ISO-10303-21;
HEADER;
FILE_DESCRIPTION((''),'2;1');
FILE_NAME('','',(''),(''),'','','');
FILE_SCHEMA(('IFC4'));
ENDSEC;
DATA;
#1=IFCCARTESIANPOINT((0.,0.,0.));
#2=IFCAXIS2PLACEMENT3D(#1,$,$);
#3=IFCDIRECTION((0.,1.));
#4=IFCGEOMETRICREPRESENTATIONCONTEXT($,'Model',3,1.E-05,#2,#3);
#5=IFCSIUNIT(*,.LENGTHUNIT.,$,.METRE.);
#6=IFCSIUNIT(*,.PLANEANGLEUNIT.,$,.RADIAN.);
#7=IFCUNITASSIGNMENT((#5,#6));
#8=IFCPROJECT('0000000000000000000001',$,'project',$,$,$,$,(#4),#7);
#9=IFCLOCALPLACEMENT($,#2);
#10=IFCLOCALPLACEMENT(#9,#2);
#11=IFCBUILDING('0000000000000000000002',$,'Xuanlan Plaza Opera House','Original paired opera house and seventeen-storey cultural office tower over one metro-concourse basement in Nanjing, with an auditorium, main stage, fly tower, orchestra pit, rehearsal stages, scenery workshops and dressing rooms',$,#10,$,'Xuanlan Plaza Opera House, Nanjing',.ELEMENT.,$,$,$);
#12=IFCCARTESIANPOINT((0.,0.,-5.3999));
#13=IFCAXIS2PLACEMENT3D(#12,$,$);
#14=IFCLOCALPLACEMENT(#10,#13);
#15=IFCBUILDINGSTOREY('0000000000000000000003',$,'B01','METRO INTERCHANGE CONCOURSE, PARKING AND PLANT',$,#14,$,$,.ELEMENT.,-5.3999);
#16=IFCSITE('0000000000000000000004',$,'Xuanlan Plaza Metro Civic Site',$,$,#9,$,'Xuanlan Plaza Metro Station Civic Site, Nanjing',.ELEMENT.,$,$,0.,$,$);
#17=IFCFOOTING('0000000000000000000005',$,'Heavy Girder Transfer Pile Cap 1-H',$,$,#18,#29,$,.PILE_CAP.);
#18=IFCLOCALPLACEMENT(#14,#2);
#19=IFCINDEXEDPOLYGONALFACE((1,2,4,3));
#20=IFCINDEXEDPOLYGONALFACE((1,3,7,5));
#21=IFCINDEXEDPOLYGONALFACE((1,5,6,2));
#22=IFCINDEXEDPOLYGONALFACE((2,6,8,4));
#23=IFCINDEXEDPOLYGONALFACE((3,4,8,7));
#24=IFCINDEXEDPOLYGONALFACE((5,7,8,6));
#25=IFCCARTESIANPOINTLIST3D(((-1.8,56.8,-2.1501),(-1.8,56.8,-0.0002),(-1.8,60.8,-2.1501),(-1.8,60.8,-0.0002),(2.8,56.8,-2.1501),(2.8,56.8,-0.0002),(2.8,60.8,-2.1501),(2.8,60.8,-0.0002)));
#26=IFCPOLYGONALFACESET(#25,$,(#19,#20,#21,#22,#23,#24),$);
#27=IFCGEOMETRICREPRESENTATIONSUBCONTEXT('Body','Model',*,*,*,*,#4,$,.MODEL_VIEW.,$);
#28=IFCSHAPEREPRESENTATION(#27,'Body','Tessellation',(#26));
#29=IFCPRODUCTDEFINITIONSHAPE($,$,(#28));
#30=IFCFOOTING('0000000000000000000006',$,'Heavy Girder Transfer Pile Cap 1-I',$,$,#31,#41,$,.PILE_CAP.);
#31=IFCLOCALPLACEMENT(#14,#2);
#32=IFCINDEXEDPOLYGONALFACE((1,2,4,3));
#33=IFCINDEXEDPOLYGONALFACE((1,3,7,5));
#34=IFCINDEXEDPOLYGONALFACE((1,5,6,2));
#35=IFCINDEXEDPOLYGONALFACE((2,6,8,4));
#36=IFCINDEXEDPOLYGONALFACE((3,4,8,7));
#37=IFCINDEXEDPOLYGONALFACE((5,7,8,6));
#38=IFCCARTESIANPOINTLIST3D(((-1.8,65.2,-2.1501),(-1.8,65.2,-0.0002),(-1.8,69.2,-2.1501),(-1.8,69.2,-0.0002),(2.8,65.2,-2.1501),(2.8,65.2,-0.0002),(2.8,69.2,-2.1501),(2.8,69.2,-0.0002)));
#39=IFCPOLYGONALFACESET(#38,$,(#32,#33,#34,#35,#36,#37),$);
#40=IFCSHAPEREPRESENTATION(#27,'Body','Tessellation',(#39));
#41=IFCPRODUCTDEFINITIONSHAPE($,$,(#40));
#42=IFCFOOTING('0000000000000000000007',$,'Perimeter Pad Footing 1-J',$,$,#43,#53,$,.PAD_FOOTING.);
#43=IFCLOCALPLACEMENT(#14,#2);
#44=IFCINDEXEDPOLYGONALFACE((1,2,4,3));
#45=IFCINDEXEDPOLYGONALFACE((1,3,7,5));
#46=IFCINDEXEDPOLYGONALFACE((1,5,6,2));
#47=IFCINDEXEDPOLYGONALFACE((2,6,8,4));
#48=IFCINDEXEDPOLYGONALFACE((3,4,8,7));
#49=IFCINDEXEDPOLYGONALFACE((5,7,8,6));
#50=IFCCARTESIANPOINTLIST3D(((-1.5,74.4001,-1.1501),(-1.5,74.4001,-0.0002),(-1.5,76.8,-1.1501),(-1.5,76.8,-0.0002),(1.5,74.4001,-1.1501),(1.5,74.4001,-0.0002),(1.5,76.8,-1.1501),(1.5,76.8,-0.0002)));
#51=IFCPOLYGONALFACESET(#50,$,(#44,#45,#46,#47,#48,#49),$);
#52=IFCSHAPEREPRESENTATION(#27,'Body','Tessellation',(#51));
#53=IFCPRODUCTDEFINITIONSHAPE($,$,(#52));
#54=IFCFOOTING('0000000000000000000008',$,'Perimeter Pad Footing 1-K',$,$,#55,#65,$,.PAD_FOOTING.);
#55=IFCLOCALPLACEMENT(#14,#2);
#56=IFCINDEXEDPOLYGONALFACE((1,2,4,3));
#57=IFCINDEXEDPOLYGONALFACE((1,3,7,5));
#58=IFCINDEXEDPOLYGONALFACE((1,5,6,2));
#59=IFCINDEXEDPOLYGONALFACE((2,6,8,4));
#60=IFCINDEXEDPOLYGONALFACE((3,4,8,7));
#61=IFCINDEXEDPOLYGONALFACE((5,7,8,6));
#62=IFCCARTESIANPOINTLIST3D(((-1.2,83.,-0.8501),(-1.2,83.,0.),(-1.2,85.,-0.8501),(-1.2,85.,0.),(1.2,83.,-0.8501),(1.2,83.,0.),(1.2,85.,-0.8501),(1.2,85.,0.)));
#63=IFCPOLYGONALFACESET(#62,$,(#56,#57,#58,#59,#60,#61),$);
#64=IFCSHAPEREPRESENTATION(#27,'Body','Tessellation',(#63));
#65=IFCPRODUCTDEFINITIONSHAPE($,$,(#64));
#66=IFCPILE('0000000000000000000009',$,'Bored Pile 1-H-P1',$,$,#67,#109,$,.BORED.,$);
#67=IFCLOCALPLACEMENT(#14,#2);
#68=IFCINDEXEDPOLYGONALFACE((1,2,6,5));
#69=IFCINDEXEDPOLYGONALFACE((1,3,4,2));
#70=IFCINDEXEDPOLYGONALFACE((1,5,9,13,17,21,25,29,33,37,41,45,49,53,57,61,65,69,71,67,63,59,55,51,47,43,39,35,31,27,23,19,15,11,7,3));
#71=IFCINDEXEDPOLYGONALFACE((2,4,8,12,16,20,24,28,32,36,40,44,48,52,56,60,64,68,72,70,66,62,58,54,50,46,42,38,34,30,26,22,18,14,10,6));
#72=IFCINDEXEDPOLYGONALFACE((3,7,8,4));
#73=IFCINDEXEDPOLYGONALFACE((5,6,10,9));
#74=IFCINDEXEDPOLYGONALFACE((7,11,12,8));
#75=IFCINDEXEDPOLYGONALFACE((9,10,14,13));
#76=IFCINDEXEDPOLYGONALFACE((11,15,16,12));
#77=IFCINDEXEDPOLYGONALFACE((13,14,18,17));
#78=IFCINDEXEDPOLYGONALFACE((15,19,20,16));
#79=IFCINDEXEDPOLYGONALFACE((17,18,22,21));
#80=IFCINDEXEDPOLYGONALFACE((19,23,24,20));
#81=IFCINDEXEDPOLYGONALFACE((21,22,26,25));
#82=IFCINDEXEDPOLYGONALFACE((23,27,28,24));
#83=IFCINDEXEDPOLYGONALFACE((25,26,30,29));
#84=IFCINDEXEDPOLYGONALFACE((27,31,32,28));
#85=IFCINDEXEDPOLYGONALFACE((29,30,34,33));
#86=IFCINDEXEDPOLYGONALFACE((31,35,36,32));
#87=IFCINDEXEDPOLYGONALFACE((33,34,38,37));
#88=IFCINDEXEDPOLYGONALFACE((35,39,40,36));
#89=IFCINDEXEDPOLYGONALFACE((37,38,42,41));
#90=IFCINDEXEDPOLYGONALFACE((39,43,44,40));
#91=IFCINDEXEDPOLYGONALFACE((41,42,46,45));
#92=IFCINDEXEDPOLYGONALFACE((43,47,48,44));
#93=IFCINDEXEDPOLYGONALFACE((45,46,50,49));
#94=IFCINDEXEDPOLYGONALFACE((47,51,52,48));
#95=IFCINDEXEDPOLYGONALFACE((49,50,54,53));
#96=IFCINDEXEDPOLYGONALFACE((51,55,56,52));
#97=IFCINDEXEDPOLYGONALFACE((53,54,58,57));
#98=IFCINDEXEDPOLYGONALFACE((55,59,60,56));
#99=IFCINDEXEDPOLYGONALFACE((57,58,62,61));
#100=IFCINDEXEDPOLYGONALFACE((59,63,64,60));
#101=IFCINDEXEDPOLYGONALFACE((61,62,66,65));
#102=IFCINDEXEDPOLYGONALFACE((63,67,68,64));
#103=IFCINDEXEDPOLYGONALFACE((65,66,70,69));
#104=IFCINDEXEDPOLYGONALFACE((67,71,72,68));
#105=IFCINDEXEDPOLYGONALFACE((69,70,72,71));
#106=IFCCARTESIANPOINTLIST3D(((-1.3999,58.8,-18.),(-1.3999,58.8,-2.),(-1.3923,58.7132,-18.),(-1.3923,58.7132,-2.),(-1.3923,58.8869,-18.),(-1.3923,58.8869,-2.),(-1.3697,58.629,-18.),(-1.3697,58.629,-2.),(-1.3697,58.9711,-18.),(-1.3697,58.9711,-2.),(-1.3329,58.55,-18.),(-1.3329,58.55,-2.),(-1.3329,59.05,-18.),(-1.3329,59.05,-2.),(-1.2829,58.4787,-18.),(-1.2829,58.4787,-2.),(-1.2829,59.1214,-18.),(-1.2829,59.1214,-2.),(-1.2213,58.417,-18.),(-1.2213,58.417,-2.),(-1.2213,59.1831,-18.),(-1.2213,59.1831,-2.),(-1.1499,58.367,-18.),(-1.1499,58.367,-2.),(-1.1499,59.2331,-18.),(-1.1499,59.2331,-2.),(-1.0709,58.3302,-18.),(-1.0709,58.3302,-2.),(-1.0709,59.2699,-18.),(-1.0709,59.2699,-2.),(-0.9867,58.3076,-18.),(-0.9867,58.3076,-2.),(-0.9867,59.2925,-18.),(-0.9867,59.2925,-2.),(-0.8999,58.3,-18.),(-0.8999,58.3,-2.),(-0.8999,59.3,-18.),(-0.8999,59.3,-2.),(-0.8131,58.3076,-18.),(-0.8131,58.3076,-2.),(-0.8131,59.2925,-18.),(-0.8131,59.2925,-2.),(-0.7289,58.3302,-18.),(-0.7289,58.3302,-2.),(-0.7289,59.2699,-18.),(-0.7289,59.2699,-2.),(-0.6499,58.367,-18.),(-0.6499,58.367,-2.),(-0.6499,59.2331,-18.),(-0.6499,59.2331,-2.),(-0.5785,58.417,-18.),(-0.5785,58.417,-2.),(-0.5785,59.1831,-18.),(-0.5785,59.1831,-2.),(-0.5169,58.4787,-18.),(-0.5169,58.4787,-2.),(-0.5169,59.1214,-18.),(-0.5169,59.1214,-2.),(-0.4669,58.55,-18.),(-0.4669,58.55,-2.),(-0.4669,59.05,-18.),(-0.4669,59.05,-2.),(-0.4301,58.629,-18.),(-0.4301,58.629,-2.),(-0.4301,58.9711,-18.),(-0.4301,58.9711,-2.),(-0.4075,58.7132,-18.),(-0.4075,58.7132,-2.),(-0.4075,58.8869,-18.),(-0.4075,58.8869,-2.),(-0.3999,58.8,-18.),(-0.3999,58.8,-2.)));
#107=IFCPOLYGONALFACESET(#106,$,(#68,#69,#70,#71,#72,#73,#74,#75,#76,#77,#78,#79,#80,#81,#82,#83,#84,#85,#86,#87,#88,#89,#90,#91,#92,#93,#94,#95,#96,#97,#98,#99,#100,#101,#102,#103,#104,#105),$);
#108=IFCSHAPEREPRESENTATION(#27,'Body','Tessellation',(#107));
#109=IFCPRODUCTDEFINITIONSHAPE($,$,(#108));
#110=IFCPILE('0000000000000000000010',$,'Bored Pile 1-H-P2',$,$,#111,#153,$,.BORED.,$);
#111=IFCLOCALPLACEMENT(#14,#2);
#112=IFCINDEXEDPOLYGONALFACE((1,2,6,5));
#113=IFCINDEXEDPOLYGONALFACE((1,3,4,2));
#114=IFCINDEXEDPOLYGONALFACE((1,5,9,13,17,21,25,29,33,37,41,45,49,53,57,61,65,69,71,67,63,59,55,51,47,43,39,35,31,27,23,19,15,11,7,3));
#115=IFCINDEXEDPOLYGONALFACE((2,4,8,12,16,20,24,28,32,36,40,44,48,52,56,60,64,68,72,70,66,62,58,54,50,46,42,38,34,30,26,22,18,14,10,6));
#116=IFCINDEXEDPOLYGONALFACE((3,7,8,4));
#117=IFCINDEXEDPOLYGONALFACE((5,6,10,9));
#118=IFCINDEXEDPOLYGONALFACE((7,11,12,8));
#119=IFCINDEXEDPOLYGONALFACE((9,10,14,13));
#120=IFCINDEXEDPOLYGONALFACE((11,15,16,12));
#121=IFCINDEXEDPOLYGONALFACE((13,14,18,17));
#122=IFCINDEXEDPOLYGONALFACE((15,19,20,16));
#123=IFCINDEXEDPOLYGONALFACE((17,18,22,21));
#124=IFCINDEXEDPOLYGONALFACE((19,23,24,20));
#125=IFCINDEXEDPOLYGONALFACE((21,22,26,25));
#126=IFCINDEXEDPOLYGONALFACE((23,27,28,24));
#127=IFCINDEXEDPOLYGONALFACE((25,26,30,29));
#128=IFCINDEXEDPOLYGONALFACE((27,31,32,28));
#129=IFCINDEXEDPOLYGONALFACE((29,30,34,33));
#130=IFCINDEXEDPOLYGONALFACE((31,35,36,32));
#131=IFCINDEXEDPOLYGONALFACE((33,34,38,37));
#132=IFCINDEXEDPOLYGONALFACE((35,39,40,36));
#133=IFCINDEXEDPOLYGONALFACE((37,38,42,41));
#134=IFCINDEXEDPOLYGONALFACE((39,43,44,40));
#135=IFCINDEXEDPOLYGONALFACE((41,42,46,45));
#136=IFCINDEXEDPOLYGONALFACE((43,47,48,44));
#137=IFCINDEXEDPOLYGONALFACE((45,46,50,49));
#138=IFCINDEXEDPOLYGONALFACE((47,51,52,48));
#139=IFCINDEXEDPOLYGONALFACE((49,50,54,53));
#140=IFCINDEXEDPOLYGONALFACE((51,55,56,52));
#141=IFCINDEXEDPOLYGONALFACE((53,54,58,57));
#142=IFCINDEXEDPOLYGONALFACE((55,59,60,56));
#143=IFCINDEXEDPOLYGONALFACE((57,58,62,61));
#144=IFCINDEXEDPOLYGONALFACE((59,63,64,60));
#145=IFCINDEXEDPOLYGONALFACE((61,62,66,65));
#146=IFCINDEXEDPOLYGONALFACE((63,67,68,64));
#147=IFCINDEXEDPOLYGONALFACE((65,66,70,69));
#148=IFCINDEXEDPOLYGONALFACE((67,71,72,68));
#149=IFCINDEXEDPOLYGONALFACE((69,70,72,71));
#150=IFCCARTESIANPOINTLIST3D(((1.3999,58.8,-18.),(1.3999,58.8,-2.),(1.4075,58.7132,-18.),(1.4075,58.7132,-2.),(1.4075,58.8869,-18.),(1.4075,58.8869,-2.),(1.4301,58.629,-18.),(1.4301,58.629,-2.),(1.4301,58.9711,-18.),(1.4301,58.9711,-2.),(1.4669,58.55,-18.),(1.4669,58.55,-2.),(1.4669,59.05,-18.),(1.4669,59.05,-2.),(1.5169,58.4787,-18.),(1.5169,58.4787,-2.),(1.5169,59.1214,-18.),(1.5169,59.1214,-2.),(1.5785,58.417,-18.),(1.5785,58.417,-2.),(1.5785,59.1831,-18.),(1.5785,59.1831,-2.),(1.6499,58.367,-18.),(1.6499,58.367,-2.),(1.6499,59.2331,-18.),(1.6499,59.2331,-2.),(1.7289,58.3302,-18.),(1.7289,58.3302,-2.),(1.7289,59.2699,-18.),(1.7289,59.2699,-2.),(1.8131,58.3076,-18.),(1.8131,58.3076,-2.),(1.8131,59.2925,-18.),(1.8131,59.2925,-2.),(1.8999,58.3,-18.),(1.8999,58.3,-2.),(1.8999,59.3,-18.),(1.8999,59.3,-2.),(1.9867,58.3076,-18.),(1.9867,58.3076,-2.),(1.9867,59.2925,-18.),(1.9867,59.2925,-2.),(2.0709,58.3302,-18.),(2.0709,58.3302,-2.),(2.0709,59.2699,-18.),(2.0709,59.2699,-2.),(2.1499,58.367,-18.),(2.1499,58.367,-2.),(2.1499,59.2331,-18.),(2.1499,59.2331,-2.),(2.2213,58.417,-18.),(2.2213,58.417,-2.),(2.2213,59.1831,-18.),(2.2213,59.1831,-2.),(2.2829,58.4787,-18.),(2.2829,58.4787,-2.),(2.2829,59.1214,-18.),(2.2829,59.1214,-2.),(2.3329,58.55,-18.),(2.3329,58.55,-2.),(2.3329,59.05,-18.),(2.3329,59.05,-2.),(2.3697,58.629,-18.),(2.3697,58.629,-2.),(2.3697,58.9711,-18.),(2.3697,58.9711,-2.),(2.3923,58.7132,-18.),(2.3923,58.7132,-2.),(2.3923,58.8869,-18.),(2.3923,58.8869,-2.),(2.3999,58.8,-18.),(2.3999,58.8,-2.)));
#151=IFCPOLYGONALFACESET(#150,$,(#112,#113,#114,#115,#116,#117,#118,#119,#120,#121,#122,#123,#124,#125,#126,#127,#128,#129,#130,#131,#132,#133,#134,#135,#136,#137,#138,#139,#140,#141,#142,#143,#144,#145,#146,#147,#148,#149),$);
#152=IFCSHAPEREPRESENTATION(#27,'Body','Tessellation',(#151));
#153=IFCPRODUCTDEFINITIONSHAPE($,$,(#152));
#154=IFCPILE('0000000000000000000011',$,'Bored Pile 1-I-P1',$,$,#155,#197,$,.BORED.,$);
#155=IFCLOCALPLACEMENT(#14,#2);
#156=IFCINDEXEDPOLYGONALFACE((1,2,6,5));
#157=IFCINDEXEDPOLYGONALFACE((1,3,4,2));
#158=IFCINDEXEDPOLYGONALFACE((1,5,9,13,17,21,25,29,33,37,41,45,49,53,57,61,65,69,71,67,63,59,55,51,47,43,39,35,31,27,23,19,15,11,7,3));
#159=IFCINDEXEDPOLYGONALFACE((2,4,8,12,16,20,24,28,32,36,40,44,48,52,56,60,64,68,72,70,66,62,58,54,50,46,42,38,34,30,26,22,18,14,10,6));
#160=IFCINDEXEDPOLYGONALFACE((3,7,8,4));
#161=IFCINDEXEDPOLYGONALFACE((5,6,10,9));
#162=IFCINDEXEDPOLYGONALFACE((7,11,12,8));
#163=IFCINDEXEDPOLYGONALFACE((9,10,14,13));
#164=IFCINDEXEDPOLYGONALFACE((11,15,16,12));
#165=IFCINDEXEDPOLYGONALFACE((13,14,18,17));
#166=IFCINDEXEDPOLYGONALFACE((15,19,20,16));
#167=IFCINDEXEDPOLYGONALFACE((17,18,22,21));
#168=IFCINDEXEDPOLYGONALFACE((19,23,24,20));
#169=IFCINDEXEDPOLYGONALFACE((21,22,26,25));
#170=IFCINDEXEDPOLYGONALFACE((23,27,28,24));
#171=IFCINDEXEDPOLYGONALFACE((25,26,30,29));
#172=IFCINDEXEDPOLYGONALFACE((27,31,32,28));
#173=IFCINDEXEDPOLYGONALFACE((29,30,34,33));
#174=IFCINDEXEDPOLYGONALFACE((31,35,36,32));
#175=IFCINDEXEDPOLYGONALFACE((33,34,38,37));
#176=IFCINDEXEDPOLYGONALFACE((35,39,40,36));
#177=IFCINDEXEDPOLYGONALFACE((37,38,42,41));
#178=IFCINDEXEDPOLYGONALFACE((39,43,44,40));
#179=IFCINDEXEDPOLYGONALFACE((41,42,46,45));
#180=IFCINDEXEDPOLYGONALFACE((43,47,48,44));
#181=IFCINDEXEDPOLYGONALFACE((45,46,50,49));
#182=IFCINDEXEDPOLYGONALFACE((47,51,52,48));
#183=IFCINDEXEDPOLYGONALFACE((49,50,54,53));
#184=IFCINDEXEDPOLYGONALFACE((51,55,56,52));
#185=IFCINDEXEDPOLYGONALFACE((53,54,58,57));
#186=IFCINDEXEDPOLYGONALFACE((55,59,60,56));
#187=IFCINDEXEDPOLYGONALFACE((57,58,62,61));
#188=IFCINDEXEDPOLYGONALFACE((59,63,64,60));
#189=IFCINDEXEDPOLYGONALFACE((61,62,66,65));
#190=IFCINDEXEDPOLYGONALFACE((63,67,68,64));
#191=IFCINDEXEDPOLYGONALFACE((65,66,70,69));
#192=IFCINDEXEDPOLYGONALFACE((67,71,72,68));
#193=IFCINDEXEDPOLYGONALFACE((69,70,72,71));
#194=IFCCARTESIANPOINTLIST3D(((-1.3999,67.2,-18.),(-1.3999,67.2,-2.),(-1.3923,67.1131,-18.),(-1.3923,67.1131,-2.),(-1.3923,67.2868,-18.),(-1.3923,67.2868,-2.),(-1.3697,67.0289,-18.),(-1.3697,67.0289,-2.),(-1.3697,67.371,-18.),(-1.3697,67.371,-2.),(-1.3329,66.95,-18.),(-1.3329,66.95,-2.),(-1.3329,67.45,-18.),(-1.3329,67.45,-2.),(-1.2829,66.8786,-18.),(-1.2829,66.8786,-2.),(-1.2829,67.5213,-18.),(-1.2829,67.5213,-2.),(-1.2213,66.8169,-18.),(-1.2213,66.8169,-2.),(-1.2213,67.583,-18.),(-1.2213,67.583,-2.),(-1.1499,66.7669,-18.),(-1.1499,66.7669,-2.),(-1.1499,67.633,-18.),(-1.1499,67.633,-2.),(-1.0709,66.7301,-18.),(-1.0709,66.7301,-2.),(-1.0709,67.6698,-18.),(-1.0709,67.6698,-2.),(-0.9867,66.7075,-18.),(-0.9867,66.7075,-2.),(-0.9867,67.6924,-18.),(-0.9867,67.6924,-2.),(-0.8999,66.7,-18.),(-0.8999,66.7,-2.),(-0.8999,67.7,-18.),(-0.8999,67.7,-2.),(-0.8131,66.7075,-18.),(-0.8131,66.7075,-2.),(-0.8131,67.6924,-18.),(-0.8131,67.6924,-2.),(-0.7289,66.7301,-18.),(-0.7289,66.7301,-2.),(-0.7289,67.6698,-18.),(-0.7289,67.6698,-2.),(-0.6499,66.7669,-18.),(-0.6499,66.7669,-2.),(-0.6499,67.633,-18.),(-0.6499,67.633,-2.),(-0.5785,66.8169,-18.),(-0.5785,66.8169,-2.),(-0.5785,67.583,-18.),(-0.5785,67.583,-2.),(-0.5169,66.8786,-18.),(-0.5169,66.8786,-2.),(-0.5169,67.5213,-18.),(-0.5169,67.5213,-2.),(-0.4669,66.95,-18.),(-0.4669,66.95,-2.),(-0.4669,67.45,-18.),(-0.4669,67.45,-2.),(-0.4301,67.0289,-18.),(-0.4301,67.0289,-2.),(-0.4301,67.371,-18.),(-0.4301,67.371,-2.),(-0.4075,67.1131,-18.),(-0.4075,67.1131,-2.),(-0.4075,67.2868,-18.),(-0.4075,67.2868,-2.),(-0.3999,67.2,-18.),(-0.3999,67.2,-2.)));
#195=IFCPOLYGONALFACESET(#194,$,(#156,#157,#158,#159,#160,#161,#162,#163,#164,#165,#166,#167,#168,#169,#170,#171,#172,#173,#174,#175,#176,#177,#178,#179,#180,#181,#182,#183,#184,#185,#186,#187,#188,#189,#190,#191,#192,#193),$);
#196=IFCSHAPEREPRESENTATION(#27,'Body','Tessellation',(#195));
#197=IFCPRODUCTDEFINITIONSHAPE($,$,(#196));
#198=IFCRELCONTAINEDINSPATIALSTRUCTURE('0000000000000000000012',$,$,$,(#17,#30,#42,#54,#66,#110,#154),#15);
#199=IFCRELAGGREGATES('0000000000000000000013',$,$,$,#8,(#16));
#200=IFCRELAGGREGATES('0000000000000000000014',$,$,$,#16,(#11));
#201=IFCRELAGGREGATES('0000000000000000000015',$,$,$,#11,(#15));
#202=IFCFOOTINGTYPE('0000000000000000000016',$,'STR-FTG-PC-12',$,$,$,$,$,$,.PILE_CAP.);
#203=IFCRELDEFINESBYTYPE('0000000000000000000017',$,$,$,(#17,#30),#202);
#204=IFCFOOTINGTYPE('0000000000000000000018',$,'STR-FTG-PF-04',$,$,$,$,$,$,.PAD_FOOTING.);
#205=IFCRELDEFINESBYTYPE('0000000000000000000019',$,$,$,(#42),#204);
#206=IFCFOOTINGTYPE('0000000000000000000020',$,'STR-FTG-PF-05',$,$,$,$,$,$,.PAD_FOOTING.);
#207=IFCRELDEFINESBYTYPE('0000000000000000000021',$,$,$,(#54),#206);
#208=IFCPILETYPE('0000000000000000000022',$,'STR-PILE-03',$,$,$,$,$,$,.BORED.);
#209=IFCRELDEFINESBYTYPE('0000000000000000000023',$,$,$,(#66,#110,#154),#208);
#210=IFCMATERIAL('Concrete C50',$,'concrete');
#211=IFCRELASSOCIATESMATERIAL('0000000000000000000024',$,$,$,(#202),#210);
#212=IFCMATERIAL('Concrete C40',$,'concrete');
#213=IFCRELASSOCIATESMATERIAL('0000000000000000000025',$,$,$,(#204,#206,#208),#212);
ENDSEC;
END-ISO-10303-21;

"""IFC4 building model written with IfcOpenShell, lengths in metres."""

from ifc_helpers import new_model, si_unit, direction, frame, origin, origin_2d, place, context, subcontext, project, spatial, rectangle, circle, extrude, material, material_profile, profile_set, type_object, element, save


model = new_model("IFC4")

# Units and contexts
model_context = context("Model", 3, precision=1e-05, world=origin(), true_north=direction((0.0, 1.0)))
body_context = subcontext(model_context, "Body", "Model", "MODEL_VIEW")
ifc_project = project(units=[si_unit("LENGTHUNIT", "METRE"), si_unit("PLANEANGLEUNIT", "RADIAN")], contexts=[model_context])

# Site, building, storey
site_placement = place(None, origin())
site = spatial("IfcSite", under=ifc_project, at=site_placement, Name="Xuanlan Plaza Metro Civic Site", LongName="Xuanlan Plaza Metro Station Civic Site, Nanjing", CompositionType="ELEMENT", RefElevation=0.0)
building_placement = place(site_placement, origin())
building = spatial("IfcBuilding", under=site, at=building_placement, Name="Xuanlan Plaza Opera House", Description="Original paired opera house and seventeen-storey cultural office tower over one metro-concourse basement in Nanjing, with an auditorium, main stage, fly tower, orchestra pit, rehearsal stages, scenery workshops and dressing rooms", LongName="Xuanlan Plaza Opera House, Nanjing", CompositionType="ELEMENT")
storey_placement = place(building_placement, frame((0.0, 0.0, -5.3999)))
storey = spatial("IfcBuildingStorey", under=building, at=storey_placement, Name="B01", Description="METRO INTERCHANGE CONCOURSE, PARKING AND PLANT", CompositionType="ELEMENT", Elevation=-5.3999)

# Footings
ifc_material_1 = material(Name="Concrete C50", Category="concrete")
footing_type_1 = type_object("IfcFootingType", Name="STR-FTG-PC-12", PredefinedType="PILE_CAP", material=ifc_material_1)
for number, where, z_axis, x_axis, name in (
    (1, (0.5, 58.8, -2.1501), (0.0, 0.0, 1.0), (1.0, 0.0, 0.0), "Heavy Girder Transfer Pile Cap 1-H"),
    (2, (0.5, 67.2, -2.1501), (0.0, 0.0, 1.0), (1.0, 0.0, 0.0), "Heavy Girder Transfer Pile Cap 1-I"),
):
    element("IfcFooting", number, at=place(storey_placement, frame(where, z_axis=z_axis, x_axis=x_axis)), inside=storey, type_object=footing_type_1, Name=name, PredefinedType="PILE_CAP", context=body_context, shape_type="SweptSolid", body=[
        extrude(rectangle(XDim=4.6001, YDim=4.0, at=origin_2d()), origin(), (0.0, 0.0, 1.0), 2.1499),
    ])
ifc_material_2 = material(Name="Concrete C40", Category="concrete")
footing_type_2 = type_object("IfcFootingType", Name="STR-FTG-PF-04", PredefinedType="PAD_FOOTING", material=ifc_material_2)
footing_1_placement = place(storey_placement, frame((0.0, 75.6001, -1.1501), z_axis=(0.0, 0.0, 1.0), x_axis=(1.0, 0.0, 0.0)))
element("IfcFooting", 3, at=footing_1_placement, inside=storey, type_object=footing_type_2, Name="Perimeter Pad Footing 1-J", PredefinedType="PAD_FOOTING", context=body_context, shape_type="SweptSolid", body=[
    extrude(rectangle(XDim=3.0, YDim=2.3999, at=origin_2d()), origin(), (0.0, 0.0, 1.0), 1.1499),
])
footing_type_3 = type_object("IfcFootingType", Name="STR-FTG-PF-05", PredefinedType="PAD_FOOTING", material=ifc_material_2)
footing_2_placement = place(storey_placement, frame((0.0, 84.0, -0.8501), z_axis=(0.0, 0.0, 1.0), x_axis=(1.0, 0.0, 0.0)))
element("IfcFooting", 4, at=footing_2_placement, inside=storey, type_object=footing_type_3, Name="Perimeter Pad Footing 1-K", PredefinedType="PAD_FOOTING", context=body_context, shape_type="SweptSolid", body=[
    extrude(rectangle(XDim=2.3999, YDim=2.0, at=origin_2d()), origin(), (0.0, 0.0, 1.0), 0.8501),
])

# Piles
ifc_material_profile_1 = material_profile(ifc_material_2, circle(Radius=0.5, at=origin_2d()), Name="PILE D1000")
ifc_profile_set_1 = profile_set([ifc_material_profile_1], Name="Concrete C40")
pile_type = type_object("IfcPileType", Name="STR-PILE-03", PredefinedType="BORED", material=ifc_profile_set_1)
for number, where, z_axis, x_axis, name in (
    (5, (-0.8999, 58.8, -2.0), (0.0, 0.0, -1.0), (1.0, 0.0, 0.0), "Bored Pile 1-H-P1"),
    (6, (1.8999, 58.8, -2.0), (0.0, 0.0, -1.0), (1.0, 0.0, 0.0), "Bored Pile 1-H-P2"),
    (7, (-0.8999, 67.2, -2.0), (0.0, 0.0, -1.0), (1.0, 0.0, 0.0), "Bored Pile 1-I-P1"),
):
    element("IfcPile", number, at=place(storey_placement, frame(where, z_axis=z_axis, x_axis=x_axis)), inside=storey, type_object=pile_type, Name=name, PredefinedType="BORED", context=body_context, shape_type="SweptSolid", body=[
        extrude(circle(Radius=0.5, at=origin_2d()), origin(), (0.0, 0.0, 1.0), 16.0),
    ])

save(model, "model.ifc")
